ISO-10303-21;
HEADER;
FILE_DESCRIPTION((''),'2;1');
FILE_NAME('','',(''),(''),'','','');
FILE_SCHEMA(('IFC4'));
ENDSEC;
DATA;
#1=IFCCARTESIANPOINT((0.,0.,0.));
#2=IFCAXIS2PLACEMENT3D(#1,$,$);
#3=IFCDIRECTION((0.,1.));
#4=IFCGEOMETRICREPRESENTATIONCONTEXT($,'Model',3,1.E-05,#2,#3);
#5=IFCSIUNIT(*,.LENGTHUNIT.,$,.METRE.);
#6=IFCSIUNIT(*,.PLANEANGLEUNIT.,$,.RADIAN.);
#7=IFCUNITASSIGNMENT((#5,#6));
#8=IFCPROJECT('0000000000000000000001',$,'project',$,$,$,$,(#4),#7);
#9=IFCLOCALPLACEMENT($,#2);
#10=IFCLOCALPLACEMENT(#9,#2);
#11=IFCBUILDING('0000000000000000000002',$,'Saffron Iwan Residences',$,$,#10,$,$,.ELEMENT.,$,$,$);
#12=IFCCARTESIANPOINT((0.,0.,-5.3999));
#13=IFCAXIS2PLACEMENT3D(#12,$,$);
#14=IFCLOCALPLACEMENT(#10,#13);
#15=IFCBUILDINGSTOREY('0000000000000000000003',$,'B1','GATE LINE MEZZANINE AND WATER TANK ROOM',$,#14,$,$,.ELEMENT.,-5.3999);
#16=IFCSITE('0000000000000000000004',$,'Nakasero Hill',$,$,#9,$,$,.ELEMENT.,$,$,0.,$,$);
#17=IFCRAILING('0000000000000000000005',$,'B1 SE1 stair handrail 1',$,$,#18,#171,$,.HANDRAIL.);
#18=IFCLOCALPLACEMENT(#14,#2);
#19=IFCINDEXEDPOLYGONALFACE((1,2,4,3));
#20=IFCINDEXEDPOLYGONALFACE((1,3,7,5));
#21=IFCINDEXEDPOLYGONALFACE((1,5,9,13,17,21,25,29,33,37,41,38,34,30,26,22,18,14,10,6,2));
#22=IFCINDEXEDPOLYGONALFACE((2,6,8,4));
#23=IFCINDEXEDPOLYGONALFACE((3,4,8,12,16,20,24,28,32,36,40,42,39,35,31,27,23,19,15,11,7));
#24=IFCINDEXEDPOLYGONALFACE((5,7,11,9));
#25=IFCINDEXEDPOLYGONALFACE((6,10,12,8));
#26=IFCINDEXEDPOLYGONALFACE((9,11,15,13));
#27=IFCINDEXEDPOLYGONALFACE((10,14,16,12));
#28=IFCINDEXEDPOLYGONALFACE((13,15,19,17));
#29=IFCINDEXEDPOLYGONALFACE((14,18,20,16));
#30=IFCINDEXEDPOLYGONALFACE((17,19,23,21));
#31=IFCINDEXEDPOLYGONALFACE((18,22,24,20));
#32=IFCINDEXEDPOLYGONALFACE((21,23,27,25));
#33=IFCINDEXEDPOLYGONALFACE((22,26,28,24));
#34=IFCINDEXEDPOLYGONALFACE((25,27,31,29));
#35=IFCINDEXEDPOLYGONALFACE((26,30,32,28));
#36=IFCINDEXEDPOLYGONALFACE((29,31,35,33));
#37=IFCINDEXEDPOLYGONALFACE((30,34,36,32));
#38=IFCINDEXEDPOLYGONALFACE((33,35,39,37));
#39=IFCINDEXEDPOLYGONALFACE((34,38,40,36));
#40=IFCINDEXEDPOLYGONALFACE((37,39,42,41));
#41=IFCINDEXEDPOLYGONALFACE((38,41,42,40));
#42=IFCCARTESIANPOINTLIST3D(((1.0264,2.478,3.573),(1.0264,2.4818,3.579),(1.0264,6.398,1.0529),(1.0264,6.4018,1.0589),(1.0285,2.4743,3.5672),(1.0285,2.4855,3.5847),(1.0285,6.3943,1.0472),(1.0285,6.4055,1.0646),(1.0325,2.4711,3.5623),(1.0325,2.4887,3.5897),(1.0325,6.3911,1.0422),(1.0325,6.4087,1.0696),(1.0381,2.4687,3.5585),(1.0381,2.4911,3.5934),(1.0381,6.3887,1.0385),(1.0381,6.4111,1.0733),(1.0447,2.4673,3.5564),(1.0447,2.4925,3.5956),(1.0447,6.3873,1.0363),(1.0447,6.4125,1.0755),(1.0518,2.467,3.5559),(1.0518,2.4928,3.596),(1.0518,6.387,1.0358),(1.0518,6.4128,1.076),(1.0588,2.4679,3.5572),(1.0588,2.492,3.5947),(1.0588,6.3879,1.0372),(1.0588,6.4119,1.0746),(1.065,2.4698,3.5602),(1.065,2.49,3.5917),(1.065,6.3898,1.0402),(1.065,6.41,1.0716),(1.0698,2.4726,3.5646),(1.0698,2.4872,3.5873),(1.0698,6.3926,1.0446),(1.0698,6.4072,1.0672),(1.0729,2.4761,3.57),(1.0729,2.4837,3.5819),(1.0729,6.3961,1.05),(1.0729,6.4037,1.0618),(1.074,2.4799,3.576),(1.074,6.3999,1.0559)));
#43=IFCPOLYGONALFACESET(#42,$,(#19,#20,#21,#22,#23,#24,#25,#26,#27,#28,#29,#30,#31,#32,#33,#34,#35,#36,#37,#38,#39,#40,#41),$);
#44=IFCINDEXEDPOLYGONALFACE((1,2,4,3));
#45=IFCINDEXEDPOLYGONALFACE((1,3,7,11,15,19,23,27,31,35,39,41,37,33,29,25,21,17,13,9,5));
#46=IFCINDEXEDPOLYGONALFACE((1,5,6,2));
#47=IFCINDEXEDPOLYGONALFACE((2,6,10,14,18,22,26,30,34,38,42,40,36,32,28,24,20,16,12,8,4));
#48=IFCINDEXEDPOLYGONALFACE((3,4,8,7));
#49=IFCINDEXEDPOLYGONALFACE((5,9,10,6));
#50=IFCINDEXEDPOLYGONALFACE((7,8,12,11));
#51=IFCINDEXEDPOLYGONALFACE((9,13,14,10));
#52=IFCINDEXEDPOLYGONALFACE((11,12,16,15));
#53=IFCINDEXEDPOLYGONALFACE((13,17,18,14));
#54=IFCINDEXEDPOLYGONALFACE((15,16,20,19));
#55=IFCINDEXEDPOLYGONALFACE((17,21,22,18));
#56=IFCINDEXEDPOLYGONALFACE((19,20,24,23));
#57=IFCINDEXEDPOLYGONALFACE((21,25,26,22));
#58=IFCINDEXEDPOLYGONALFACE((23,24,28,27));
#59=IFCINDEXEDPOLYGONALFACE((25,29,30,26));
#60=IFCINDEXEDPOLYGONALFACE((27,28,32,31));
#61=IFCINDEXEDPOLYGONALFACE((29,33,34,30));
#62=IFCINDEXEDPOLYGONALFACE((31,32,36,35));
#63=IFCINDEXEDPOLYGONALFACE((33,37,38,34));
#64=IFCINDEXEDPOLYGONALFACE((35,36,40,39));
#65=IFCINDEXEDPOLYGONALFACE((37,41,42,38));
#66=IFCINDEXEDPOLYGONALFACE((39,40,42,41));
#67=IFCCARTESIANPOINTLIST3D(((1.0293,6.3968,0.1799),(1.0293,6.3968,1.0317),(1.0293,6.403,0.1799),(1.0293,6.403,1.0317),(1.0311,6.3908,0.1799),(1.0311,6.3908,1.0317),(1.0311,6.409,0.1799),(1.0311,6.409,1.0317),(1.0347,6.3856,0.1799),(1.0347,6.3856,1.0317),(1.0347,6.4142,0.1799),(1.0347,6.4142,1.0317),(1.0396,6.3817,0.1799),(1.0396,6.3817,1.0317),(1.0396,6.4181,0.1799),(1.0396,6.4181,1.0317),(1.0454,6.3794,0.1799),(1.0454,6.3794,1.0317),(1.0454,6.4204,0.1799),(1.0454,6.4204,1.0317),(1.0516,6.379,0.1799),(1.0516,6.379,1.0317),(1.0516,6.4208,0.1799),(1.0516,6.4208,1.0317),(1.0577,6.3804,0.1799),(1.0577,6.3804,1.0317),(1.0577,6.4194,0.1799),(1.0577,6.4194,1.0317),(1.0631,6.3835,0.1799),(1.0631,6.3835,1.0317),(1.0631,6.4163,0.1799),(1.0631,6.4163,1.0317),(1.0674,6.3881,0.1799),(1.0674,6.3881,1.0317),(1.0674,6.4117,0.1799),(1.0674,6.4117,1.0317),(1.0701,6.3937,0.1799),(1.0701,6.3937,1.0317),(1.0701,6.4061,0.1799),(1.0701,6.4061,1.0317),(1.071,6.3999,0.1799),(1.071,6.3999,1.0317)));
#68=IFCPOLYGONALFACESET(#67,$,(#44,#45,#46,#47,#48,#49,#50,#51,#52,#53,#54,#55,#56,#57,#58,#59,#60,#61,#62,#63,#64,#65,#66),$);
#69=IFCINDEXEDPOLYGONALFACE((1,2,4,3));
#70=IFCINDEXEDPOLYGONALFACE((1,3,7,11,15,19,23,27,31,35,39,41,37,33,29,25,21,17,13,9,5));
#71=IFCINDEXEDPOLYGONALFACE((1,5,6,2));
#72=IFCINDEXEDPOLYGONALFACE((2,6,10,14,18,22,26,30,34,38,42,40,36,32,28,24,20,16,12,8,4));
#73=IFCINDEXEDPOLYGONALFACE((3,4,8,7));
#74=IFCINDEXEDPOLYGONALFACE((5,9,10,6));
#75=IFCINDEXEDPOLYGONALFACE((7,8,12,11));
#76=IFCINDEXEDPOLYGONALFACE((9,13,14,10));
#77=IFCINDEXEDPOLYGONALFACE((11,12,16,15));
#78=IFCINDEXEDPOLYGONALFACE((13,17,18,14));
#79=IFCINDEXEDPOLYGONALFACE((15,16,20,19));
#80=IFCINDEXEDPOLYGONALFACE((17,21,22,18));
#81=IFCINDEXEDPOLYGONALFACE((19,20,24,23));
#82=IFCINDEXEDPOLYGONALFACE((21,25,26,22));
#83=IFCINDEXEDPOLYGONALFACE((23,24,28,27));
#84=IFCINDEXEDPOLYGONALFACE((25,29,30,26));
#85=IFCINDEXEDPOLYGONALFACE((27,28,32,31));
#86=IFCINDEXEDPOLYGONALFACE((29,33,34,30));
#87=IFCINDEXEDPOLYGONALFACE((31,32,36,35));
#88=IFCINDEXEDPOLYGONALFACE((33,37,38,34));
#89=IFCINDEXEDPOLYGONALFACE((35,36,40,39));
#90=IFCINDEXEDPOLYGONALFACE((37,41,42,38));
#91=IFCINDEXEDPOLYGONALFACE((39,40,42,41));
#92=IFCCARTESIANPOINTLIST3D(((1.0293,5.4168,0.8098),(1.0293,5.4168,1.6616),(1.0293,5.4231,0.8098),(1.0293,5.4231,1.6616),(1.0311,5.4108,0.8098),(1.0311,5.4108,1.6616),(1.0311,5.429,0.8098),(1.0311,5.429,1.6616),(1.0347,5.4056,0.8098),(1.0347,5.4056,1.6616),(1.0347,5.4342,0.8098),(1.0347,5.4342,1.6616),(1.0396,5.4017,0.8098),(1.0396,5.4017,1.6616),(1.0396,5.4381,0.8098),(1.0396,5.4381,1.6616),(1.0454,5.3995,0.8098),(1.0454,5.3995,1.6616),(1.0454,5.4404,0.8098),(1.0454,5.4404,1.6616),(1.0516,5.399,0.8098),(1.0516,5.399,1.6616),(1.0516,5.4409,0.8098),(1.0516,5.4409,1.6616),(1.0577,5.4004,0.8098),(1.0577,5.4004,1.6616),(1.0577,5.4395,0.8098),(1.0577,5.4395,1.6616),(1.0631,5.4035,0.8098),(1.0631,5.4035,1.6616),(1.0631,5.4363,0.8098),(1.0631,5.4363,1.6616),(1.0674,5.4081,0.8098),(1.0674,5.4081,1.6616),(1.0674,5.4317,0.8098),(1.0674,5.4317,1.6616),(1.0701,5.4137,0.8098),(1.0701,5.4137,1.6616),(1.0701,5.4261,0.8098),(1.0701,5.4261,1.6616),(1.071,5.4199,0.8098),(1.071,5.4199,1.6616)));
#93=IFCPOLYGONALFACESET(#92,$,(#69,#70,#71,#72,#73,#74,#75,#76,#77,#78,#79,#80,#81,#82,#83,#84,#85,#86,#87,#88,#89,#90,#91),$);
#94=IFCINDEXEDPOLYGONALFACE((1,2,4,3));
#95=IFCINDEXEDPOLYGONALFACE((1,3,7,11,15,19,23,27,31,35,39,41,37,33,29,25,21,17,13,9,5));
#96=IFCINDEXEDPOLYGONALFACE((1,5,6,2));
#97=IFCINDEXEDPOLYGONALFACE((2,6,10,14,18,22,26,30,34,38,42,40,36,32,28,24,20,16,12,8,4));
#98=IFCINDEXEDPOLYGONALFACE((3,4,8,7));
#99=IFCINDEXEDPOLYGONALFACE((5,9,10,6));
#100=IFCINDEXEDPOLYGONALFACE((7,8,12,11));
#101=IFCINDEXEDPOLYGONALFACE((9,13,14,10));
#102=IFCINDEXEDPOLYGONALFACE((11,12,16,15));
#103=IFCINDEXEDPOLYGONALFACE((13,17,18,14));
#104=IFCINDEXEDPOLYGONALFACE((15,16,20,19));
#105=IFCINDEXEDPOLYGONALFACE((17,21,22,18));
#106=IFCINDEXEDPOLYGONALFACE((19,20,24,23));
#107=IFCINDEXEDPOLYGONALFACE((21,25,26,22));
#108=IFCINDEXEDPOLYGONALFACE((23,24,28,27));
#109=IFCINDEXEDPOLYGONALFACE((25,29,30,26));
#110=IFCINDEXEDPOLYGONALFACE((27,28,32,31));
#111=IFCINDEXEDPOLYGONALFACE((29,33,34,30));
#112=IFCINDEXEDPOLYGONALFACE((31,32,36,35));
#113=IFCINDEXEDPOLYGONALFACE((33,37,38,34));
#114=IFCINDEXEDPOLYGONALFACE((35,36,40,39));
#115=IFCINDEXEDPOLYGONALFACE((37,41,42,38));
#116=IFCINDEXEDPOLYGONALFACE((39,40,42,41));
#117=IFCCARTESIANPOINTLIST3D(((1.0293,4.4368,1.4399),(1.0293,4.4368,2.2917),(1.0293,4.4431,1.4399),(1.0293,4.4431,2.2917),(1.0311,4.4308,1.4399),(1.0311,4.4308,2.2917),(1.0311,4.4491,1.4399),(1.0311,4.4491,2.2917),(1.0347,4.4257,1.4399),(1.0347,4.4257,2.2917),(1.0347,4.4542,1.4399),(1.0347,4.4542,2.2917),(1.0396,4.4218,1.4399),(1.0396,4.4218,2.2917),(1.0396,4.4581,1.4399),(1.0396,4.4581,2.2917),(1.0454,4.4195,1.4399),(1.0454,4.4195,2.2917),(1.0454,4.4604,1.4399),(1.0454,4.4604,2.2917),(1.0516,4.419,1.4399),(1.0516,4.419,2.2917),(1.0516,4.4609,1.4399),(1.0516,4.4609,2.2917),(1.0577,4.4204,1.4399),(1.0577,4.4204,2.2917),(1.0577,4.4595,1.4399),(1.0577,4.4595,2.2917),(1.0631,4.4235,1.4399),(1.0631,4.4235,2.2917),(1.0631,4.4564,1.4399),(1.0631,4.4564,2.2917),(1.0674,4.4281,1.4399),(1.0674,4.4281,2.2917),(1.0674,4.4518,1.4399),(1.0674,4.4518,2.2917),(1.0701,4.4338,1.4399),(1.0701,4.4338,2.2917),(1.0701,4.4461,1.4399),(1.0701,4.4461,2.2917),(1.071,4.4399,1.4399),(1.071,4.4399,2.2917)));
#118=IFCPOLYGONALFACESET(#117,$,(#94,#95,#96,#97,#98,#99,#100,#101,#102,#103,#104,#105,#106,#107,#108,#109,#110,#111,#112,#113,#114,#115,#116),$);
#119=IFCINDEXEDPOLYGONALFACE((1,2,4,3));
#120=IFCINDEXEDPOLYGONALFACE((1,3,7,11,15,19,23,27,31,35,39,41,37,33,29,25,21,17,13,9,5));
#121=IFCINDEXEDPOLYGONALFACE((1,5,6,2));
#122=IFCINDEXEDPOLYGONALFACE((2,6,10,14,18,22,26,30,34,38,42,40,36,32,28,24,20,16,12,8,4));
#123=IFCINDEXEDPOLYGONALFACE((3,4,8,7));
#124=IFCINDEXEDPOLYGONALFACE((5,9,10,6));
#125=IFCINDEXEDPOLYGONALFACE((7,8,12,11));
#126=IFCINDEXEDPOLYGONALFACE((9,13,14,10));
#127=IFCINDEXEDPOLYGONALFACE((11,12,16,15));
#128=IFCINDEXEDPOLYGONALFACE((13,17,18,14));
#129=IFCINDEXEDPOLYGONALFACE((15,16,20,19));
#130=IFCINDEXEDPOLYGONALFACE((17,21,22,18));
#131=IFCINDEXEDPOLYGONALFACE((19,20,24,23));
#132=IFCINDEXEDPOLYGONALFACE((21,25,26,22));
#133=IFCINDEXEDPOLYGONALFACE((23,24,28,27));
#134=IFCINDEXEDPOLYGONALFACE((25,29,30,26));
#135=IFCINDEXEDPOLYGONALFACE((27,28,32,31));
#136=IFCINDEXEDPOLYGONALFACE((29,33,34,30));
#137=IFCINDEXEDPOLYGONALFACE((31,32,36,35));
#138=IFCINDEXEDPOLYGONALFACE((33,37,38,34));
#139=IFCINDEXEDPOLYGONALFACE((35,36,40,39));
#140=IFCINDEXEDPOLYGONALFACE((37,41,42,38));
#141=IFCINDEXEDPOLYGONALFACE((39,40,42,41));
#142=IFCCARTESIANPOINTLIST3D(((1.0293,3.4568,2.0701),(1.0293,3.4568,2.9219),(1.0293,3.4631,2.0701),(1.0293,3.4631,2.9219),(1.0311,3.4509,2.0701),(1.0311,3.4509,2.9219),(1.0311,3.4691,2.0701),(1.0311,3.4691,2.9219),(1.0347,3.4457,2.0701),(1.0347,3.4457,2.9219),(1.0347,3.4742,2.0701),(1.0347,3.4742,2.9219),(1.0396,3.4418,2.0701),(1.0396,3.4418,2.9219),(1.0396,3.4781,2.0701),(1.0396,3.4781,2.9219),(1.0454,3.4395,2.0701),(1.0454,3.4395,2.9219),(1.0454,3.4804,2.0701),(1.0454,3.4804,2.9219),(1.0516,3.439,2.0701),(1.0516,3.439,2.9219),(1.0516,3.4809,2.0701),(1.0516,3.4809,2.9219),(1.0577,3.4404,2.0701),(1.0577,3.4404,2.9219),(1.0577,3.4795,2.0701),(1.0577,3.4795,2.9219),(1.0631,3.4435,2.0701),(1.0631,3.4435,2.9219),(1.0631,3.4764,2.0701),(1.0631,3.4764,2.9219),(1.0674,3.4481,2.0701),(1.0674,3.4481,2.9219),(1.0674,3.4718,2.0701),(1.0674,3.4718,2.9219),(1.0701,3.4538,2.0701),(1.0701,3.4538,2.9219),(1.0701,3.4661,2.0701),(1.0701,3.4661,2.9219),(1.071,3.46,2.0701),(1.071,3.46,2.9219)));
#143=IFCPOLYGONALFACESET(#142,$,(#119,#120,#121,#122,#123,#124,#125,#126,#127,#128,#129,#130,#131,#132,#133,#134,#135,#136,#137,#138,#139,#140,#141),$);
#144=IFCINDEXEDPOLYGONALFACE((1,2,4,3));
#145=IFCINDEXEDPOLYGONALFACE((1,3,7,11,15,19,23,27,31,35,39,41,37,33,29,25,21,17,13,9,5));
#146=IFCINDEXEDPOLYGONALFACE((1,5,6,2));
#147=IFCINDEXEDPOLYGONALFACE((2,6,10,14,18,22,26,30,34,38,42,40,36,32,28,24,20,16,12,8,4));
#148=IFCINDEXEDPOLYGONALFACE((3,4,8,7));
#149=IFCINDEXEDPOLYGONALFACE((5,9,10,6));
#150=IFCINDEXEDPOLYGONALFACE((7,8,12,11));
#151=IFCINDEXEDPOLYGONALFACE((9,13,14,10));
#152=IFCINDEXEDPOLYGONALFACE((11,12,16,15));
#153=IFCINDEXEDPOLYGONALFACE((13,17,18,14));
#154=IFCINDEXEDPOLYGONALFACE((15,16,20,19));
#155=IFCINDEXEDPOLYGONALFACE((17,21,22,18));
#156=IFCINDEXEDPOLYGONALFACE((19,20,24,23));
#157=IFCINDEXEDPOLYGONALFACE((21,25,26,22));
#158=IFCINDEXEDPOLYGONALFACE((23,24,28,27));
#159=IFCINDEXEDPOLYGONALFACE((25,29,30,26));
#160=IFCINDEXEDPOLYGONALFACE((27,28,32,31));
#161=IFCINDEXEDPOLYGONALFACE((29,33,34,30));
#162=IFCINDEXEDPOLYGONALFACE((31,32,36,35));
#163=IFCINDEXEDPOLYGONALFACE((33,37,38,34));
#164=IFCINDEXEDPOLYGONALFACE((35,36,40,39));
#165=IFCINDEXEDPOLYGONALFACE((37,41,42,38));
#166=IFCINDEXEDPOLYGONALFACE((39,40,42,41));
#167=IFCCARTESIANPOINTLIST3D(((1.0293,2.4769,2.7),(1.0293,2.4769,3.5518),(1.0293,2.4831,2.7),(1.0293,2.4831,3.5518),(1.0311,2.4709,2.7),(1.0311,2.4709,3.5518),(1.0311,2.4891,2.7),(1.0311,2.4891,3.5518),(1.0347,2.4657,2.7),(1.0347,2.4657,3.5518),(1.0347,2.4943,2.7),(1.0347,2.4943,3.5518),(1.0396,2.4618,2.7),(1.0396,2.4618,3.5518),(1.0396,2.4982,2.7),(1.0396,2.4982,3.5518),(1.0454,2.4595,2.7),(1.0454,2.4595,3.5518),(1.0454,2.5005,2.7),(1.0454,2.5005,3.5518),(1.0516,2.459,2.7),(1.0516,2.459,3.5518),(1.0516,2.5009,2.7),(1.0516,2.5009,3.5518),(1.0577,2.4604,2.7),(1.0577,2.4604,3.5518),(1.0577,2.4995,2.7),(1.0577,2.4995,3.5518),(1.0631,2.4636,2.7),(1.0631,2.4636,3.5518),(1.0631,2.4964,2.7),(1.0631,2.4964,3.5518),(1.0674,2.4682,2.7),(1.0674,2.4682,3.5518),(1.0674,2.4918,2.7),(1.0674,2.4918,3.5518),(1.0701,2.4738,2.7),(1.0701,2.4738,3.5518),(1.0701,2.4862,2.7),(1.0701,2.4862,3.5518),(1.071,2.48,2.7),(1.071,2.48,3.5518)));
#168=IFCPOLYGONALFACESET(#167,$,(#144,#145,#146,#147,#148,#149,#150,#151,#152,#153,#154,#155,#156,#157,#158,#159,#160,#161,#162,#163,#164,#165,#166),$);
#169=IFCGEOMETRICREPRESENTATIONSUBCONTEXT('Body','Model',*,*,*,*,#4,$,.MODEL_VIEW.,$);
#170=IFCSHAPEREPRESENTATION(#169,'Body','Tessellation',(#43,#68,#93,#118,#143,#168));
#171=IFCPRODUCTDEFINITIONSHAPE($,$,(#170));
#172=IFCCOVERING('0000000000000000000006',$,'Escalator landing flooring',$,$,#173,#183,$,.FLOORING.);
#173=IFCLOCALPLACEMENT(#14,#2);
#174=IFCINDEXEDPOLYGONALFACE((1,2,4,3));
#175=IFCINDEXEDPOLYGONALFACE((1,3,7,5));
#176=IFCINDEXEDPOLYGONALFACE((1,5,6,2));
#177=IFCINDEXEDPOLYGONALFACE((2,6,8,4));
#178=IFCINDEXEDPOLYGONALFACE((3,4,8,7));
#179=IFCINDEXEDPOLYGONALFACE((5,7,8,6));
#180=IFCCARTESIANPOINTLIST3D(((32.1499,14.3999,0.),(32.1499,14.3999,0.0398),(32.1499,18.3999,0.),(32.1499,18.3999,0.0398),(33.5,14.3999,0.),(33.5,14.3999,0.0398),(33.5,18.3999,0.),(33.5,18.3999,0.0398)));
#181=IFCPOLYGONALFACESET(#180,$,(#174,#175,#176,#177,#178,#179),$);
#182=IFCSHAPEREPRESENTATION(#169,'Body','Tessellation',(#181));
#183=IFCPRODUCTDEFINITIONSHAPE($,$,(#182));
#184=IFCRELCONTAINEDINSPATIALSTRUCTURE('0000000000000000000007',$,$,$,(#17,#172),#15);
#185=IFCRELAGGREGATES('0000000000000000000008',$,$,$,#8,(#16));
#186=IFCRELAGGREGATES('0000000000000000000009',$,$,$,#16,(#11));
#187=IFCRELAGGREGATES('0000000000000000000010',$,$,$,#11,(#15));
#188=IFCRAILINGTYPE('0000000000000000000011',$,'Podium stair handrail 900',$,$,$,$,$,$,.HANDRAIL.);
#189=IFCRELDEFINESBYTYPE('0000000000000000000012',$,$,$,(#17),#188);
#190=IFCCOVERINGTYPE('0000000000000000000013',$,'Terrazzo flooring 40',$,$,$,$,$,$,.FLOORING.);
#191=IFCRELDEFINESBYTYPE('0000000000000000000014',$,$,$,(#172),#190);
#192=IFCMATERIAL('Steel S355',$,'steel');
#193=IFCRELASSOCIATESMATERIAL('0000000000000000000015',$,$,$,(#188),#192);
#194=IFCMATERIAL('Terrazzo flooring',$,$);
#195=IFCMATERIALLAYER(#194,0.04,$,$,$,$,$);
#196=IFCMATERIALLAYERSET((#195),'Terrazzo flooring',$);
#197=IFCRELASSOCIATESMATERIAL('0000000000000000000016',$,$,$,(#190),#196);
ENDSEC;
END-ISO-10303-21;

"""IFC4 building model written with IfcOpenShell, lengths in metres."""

from ifc_helpers import new_model, si_unit, direction, frame, origin, origin_2d, place, context, subcontext, project, spatial, polyline, circle, outline, extrude, material, layer, layer_set, type_object, element, save


model = new_model("IFC4")

# Units and contexts
model_context = context("Model", 3, precision=1e-05, world=origin(), true_north=direction((0.0, 1.0)))
body_context = subcontext(model_context, "Body", "Model", "MODEL_VIEW")
ifc_project = project(units=[si_unit("LENGTHUNIT", "METRE"), si_unit("PLANEANGLEUNIT", "RADIAN")], contexts=[model_context])

# Site, building, storey
site_placement = place(None, origin())
site = spatial("IfcSite", under=ifc_project, at=site_placement, Name="Nakasero Hill", CompositionType="ELEMENT", RefElevation=0.0)
building_placement = place(site_placement, origin())
building = spatial("IfcBuilding", under=site, at=building_placement, Name="Saffron Iwan Residences", CompositionType="ELEMENT")
storey_placement = place(building_placement, frame((0.0, 0.0, -5.3999)))
storey = spatial("IfcBuildingStorey", under=building, at=storey_placement, Name="B1", Description="GATE LINE MEZZANINE AND WATER TANK ROOM", CompositionType="ELEMENT", Elevation=-5.3999)

# Railing
ifc_material_1 = material(Name="Steel S355", Category="steel")
railing_type_1 = type_object("IfcRailingType", Name="Podium stair handrail 900", PredefinedType="HANDRAIL", material=ifc_material_1)
railing_1_placement = place(storey_placement, frame((1.05, 6.3999, 0.1799)))
element("IfcRailing", 1, at=railing_1_placement, inside=storey, type_object=railing_type_1, Name="B1 SE1 stair handrail 1", PredefinedType="HANDRAIL", context=body_context, shape_type="SweptSolid", body=[
    extrude(circle(Radius=0.0239, at=origin_2d()), frame((0.0, 0.0, 0.876), z_axis=(0.0, -0.841172, 0.540768), x_axis=(1.0, 0.0, 0.0)), (0.0, 0.0, 1.0), 4.6602),
    extrude(circle(Radius=0.021, at=origin_2d()), origin(), (0.0, 0.0, 1.0), 0.8518),
    extrude(circle(Radius=0.021, at=origin_2d()), frame((0.0, -0.98, 0.6299)), (0.0, 0.0, 1.0), 0.8518),
    extrude(circle(Radius=0.021, at=origin_2d()), frame((0.0, -1.96, 1.26)), (0.0, 0.0, 1.0), 0.8518),
    extrude(circle(Radius=0.021, at=origin_2d()), frame((0.0, -2.9399, 1.8901)), (0.0, 0.0, 1.0), 0.8518),
    extrude(circle(Radius=0.021, at=origin_2d()), frame((0.0, -3.9199, 2.52)), (0.0, 0.0, 1.0), 0.8518),
])

# Covering
ifc_material_2 = material(Name="Terrazzo flooring")
ifc_layer_1 = layer(ifc_material_2, 0.04)
ifc_layer_set_1 = layer_set([ifc_layer_1], Name="Terrazzo flooring")
covering_type_1 = type_object("IfcCoveringType", Name="Terrazzo flooring 40", PredefinedType="FLOORING", material=ifc_layer_set_1)
covering_1_placement = place(storey_placement, origin())
element("IfcCovering", 2, at=covering_1_placement, inside=storey, type_object=covering_type_1, Name="Escalator landing flooring", PredefinedType="FLOORING", context=body_context, shape_type="SweptSolid", body=[
    extrude(outline(polyline([(33.5, 14.3999), (33.5, 18.3999), (32.1499, 18.3999), (32.1499, 14.3999), (33.5, 14.3999)])), origin(), (0.0, 0.0, 1.0), 0.0398),
])

save(model, "model.ifc")
